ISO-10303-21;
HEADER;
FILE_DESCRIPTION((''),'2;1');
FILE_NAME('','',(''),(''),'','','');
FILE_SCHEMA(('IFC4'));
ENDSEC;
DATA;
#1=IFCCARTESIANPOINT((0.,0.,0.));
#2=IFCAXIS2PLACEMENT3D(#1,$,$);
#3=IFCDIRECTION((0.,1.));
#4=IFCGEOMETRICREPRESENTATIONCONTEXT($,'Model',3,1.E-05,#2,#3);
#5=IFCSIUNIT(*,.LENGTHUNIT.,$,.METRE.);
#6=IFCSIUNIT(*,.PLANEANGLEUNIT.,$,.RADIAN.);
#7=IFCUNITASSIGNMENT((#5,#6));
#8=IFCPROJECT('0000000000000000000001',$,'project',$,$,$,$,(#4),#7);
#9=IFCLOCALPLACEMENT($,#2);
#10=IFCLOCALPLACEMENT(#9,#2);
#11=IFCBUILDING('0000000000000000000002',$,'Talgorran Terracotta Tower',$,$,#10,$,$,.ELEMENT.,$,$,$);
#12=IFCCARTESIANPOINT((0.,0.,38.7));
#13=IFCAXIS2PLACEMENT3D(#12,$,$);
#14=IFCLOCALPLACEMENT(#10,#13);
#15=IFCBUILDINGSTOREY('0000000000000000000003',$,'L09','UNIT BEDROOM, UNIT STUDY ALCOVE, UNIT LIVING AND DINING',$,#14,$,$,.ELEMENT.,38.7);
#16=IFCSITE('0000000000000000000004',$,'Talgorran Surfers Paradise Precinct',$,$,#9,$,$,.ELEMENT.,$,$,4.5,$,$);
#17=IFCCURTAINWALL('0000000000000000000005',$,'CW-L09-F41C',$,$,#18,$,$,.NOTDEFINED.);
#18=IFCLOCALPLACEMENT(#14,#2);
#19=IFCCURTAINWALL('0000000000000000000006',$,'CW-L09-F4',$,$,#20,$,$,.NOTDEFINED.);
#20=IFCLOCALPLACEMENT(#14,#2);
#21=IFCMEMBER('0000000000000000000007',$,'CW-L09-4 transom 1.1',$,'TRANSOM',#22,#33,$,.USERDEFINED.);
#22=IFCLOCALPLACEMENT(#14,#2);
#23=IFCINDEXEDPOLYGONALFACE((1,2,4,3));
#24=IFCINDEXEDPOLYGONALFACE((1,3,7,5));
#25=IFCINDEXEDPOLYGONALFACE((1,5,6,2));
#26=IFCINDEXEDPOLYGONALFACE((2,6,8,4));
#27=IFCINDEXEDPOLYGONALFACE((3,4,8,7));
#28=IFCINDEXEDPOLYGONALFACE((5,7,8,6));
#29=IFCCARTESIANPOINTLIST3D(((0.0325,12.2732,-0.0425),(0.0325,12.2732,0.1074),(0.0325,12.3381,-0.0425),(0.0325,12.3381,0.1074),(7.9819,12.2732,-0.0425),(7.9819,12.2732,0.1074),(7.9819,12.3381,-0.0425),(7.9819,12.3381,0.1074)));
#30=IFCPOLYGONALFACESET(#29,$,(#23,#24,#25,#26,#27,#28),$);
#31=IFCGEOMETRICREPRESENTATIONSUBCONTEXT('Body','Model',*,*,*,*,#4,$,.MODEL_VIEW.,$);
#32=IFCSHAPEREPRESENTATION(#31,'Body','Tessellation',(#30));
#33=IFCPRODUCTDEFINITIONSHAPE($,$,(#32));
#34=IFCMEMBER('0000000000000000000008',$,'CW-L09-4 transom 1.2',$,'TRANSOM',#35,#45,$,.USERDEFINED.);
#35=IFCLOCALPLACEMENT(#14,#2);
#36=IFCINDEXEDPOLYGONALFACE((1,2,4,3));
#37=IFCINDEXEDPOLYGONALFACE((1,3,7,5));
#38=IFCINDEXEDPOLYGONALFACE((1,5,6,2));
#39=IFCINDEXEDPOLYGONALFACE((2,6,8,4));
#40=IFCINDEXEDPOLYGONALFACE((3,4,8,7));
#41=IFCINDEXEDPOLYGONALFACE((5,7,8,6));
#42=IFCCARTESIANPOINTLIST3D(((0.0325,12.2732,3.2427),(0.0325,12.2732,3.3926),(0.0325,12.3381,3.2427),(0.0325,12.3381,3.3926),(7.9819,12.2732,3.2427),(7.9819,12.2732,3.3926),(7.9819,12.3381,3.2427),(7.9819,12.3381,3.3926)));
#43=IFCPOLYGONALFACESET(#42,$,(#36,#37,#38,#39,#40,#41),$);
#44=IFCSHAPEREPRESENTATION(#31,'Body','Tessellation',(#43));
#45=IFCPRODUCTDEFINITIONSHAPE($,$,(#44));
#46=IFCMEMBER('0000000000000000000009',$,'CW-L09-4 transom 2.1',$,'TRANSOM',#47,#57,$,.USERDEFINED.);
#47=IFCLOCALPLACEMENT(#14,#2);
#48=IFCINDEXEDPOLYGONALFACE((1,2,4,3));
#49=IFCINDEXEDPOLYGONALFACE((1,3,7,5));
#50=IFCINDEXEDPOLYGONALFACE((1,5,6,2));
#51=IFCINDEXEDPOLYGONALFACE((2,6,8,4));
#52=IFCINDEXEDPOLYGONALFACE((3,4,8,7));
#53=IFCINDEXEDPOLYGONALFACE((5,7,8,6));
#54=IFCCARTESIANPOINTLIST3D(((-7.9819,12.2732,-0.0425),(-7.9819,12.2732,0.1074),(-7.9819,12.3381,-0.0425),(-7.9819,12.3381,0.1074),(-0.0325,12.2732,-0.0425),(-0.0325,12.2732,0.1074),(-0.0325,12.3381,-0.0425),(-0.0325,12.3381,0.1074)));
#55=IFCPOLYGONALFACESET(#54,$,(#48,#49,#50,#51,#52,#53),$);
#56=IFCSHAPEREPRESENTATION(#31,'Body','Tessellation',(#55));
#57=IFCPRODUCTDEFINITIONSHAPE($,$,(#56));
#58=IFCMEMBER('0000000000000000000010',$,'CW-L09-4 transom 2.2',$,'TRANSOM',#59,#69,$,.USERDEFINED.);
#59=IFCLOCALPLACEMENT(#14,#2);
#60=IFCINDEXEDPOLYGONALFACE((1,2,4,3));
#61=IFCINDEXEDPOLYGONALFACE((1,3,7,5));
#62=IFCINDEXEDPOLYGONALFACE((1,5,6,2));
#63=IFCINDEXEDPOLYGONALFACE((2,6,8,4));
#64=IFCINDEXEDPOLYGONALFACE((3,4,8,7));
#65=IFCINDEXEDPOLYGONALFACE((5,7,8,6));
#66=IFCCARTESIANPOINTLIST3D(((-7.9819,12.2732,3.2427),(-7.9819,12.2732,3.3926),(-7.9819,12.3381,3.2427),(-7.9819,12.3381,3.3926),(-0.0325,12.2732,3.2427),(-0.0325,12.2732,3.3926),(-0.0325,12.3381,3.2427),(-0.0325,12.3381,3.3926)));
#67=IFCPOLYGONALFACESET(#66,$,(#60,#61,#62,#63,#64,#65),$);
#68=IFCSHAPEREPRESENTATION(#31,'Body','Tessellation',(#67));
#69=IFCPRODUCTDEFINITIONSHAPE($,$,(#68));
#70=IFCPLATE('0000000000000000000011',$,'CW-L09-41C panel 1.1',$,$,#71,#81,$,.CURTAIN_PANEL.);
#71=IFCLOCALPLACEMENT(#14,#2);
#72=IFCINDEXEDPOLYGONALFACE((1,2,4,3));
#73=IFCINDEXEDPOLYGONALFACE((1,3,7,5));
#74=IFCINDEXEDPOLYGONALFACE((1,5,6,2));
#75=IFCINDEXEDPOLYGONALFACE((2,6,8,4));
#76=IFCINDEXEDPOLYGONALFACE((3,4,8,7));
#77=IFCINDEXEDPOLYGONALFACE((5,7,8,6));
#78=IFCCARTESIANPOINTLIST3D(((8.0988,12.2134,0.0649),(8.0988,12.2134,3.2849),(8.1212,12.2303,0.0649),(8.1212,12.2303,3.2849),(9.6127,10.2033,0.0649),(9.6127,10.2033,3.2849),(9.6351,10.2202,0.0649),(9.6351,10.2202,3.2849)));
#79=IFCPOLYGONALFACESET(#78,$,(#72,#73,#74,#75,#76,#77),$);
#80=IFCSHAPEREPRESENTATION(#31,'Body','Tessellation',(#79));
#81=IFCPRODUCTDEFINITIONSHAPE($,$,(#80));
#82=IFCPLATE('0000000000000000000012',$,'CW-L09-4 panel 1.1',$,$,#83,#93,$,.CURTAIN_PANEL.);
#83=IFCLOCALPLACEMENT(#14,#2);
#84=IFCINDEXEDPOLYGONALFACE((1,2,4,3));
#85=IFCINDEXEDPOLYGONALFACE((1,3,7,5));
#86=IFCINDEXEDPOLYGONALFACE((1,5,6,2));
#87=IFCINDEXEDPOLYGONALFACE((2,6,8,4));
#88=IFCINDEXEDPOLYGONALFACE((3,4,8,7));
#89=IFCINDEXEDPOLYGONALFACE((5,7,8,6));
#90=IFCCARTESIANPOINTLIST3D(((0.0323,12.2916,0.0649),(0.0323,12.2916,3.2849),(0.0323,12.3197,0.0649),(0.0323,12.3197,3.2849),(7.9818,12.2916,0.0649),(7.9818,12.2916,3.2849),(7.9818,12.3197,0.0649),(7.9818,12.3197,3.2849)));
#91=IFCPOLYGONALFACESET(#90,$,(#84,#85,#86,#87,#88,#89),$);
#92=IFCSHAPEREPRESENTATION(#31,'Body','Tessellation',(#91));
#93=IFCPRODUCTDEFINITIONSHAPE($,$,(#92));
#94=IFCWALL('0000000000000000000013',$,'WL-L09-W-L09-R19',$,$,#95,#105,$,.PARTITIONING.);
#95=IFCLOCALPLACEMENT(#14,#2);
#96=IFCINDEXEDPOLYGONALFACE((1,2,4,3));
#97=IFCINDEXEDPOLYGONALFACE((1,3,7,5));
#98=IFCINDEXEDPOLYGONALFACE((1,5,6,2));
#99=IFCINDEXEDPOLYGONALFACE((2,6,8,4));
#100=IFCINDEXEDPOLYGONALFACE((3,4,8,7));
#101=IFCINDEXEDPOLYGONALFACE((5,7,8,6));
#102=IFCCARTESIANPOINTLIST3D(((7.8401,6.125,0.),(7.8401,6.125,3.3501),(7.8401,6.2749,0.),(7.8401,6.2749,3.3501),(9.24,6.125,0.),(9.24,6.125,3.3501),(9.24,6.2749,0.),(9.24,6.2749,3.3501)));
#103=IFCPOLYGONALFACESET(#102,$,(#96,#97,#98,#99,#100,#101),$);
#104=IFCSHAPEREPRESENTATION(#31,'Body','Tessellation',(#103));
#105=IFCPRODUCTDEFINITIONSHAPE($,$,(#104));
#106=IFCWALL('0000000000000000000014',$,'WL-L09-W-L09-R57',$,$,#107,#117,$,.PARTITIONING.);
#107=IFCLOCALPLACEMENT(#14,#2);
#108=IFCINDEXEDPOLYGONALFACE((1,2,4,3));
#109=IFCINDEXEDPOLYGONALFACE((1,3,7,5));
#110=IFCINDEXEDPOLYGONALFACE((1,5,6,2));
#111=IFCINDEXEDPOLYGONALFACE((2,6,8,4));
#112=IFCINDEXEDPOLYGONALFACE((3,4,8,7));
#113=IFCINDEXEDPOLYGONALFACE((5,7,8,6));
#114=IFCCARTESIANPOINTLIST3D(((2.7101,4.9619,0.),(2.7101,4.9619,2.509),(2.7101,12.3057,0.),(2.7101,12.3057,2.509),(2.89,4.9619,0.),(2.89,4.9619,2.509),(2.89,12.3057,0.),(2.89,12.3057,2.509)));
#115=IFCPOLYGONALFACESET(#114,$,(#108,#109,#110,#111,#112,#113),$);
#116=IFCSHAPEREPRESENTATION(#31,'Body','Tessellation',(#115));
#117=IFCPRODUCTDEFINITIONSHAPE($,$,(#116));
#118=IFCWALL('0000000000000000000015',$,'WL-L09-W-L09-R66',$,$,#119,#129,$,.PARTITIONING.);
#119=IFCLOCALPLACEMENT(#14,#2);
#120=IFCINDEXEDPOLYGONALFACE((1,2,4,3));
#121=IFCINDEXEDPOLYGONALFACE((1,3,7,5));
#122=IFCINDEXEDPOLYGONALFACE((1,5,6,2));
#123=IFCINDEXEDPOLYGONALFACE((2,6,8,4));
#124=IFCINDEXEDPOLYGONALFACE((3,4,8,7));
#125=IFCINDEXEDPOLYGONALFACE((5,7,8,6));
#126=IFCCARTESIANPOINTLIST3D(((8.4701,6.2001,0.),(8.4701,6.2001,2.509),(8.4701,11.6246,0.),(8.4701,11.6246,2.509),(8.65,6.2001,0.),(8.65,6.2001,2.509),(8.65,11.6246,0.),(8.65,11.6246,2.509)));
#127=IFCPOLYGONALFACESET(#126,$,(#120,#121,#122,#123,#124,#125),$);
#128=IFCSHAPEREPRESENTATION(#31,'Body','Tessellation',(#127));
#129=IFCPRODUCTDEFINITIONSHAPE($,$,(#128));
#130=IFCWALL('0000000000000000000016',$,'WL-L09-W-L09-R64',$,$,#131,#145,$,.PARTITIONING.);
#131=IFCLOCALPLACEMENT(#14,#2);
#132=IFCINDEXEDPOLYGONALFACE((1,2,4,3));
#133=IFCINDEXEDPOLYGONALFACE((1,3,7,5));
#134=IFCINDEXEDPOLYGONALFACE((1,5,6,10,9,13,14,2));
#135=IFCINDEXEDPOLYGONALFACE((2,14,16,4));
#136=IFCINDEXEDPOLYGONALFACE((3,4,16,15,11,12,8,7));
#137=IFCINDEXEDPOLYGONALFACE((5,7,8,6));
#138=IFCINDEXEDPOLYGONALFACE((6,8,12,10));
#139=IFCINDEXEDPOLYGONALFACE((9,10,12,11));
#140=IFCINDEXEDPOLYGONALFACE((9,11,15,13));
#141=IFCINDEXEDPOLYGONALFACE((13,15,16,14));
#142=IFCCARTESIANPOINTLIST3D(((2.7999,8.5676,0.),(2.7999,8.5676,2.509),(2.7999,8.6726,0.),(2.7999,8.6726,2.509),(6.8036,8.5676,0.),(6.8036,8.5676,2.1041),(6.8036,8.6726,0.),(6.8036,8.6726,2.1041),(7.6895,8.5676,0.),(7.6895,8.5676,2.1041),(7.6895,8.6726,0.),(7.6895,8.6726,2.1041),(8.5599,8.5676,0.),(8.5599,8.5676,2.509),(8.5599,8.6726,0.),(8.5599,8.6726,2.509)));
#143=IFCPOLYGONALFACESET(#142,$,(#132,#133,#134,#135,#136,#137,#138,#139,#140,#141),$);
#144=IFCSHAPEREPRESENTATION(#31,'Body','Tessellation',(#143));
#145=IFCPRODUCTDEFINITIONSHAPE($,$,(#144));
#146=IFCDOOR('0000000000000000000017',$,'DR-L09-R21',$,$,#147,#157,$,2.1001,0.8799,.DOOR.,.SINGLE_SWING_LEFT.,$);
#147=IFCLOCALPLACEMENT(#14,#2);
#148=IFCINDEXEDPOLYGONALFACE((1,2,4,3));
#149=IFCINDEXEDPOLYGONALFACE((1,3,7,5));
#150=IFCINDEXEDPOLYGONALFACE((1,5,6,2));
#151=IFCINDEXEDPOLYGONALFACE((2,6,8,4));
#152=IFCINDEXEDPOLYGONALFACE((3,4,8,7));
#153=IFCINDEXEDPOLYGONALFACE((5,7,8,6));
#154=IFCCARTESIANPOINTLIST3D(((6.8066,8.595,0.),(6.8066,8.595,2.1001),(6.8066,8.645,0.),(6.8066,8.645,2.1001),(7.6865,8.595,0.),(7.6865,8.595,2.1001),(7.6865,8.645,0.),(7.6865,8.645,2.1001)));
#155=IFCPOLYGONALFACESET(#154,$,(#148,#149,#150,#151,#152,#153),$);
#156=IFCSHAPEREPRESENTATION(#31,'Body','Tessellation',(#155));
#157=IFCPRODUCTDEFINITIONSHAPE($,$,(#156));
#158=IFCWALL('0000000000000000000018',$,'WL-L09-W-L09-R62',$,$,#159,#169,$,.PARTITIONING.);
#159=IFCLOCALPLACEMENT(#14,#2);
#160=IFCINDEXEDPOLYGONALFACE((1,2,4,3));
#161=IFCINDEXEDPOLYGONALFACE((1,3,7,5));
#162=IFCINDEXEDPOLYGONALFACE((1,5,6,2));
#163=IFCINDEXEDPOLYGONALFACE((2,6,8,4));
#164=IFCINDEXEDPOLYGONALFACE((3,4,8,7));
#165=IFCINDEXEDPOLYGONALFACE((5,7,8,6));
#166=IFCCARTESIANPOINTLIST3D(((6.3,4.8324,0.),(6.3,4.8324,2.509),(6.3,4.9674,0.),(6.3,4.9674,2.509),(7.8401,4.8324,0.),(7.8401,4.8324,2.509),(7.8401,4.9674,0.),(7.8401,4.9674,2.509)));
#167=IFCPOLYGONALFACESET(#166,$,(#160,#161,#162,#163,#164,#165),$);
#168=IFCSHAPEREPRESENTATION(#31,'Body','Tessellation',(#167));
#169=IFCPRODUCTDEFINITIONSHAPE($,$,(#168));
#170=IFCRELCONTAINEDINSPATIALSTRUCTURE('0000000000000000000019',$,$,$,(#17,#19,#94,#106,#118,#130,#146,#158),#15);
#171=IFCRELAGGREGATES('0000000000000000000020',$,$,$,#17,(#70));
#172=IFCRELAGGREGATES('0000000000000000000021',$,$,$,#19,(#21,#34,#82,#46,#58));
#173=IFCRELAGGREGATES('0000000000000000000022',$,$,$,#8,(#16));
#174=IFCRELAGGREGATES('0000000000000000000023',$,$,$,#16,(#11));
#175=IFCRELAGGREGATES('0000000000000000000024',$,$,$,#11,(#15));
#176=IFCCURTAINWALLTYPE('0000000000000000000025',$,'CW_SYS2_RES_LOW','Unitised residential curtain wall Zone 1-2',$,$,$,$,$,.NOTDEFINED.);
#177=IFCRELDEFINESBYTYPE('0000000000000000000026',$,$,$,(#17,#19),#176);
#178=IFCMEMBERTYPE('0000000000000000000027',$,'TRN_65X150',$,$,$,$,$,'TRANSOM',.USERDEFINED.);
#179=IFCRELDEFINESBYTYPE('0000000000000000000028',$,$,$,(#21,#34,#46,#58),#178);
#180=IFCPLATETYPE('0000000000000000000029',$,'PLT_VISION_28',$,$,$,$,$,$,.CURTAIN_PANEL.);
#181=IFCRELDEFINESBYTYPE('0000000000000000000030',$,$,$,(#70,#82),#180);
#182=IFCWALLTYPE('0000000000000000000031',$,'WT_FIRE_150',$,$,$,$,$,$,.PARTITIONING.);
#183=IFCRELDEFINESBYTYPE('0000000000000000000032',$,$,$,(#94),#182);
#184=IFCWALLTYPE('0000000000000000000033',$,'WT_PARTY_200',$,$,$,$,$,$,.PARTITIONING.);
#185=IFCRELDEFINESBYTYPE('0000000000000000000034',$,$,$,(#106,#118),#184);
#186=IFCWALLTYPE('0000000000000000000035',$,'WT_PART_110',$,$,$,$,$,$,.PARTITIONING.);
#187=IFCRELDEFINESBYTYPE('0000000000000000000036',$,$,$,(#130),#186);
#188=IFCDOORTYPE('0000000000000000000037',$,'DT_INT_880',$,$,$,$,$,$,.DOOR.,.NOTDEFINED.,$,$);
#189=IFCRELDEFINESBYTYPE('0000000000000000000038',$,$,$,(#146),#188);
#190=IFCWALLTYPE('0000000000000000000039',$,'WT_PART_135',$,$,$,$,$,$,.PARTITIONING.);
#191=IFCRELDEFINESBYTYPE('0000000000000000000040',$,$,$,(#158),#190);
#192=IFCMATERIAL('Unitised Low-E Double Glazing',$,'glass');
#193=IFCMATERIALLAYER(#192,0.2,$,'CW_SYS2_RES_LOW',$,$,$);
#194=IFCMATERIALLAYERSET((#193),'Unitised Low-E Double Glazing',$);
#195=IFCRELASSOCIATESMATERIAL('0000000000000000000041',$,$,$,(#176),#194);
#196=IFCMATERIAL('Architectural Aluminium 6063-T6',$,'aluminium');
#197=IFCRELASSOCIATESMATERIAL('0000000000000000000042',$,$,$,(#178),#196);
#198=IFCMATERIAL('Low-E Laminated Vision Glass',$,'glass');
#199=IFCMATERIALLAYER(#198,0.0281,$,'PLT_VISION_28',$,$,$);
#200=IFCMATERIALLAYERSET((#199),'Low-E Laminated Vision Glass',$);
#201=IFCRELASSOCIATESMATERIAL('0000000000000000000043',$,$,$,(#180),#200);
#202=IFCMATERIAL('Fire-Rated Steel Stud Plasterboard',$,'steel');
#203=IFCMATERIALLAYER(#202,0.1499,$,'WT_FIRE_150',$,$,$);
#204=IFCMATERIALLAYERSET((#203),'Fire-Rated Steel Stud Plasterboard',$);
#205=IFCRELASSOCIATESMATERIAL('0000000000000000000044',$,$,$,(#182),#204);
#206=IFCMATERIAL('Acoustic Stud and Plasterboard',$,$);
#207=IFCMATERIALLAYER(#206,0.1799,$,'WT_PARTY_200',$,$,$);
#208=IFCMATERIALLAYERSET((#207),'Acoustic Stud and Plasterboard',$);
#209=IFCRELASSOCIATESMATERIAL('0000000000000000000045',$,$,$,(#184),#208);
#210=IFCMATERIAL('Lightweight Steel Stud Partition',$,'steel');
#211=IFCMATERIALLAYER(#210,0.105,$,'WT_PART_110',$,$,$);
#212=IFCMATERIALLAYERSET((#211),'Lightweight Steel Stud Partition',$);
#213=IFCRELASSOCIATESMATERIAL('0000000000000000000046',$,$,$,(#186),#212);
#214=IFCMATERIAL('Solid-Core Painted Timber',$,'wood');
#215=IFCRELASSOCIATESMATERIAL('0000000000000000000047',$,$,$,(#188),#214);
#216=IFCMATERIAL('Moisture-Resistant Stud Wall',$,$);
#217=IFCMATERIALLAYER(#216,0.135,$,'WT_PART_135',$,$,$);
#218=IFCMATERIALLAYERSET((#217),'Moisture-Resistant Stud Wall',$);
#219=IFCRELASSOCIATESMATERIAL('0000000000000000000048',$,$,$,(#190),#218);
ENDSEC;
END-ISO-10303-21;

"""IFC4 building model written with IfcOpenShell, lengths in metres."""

from ifc_helpers import new_model, si_unit, direction, frame, frame_2d, origin, origin_2d, place, context, subcontext, project, spatial, rectangle, extrude, source, transform, mapped, material, layer, layer_set, material_profile, profile_set, type_object, type_shapes, element, fill, aggregate, save


model = new_model("IFC4")

# Units and contexts
model_context = context("Model", 3, precision=1e-05, world=origin(), true_north=direction((0.0, 1.0)))
body_context = subcontext(model_context, "Body", "Model", "MODEL_VIEW")
ifc_project = project(units=[si_unit("LENGTHUNIT", "METRE"), si_unit("PLANEANGLEUNIT", "RADIAN")], contexts=[model_context])

# Site, building, storey
site_placement = place(None, origin())
site = spatial("IfcSite", under=ifc_project, at=site_placement, Name="Talgorran Surfers Paradise Precinct", CompositionType="ELEMENT", RefElevation=4.5)
building_placement = place(site_placement, origin())
building = spatial("IfcBuilding", under=site, at=building_placement, Name="Talgorran Terracotta Tower", CompositionType="ELEMENT")
storey_placement = place(building_placement, frame((0.0, 0.0, 38.7)))
storey = spatial("IfcBuildingStorey", under=building, at=storey_placement, Name="L09", Description="UNIT BEDROOM, UNIT STUDY ALCOVE, UNIT LIVING AND DINING", CompositionType="ELEMENT", Elevation=38.7)

# Curtain wall
ifc_material_1 = material(Name="Unitised Low-E Double Glazing", Category="glass")
ifc_layer_1 = layer(ifc_material_1, 0.2, Name="CW_SYS2_RES_LOW")
ifc_layer_set_1 = layer_set([ifc_layer_1], Name="Unitised Low-E Double Glazing")
curtain_wall_type = type_object("IfcCurtainWallType", Name="CW_SYS2_RES_LOW", Description="Unitised residential curtain wall Zone 1-2", PredefinedType="NOTDEFINED", material=ifc_layer_set_1)
curtain_wall_1_placement = place(storey_placement, origin())
curtain_wall_1 = element("IfcCurtainWall", 1, at=curtain_wall_1_placement, inside=storey, type_object=curtain_wall_type, Name="CW-L09-F41C", PredefinedType="NOTDEFINED")
ifc_material_2 = material(Name="Architectural Aluminium 6063-T6", Category="aluminium")

# Curtain wall, members
curtain_wall_2_placement = place(storey_placement, origin())
curtain_wall_2 = element("IfcCurtainWall", 2, at=curtain_wall_2_placement, inside=storey, type_object=curtain_wall_type, Name="CW-L09-F4", PredefinedType="NOTDEFINED")
ifc_material_profile_1 = material_profile(ifc_material_2, rectangle(XDim=0.0649, YDim=0.1499, at=origin_2d()), Name="CWT65X150")
ifc_profile_set_1 = profile_set([ifc_material_profile_1], Name="Architectural Aluminium 6063-T6")
member_type_1 = type_object("IfcMemberType", Name="TRN_65X150", ElementType="TRANSOM", PredefinedType="USERDEFINED", material=ifc_profile_set_1)
member_1_placement = place(storey_placement, frame((7.9819, 12.3057, 0.0325), z_axis=(-1.0, 0.0, 0.0), x_axis=(0.0, -1.0, 0.0)))
member_1 = element("IfcMember", 3, at=member_1_placement, type_object=member_type_1, Name="CW-L09-4 transom 1.1", ObjectType="TRANSOM", PredefinedType="USERDEFINED", context=body_context, shape_type="SweptSolid", body=[
    extrude(rectangle(XDim=0.0649, YDim=0.1499, at=origin_2d()), origin(), (0.0, 0.0, 1.0), 7.9495),
])
member_2_placement = place(storey_placement, frame((7.9819, 12.3057, 3.3176), z_axis=(-1.0, 0.0, 0.0), x_axis=(0.0, -1.0, 0.0)))
member_2 = element("IfcMember", 4, at=member_2_placement, type_object=member_type_1, Name="CW-L09-4 transom 1.2", ObjectType="TRANSOM", PredefinedType="USERDEFINED", context=body_context, shape_type="SweptSolid", body=[
    extrude(rectangle(XDim=0.0649, YDim=0.1499, at=origin_2d()), origin(), (0.0, 0.0, 1.0), 7.9495),
])
member_3_placement = place(storey_placement, frame((-0.0325, 12.3057, 0.0325), z_axis=(-1.0, 0.0, 0.0), x_axis=(0.0, -1.0, 0.0)))
member_3 = element("IfcMember", 5, at=member_3_placement, type_object=member_type_1, Name="CW-L09-4 transom 2.1", ObjectType="TRANSOM", PredefinedType="USERDEFINED", context=body_context, shape_type="SweptSolid", body=[
    extrude(rectangle(XDim=0.0649, YDim=0.1499, at=origin_2d()), origin(), (0.0, 0.0, 1.0), 7.9495),
])
member_4_placement = place(storey_placement, frame((-0.0325, 12.3057, 3.3176), z_axis=(-1.0, 0.0, 0.0), x_axis=(0.0, -1.0, 0.0)))
member_4 = element("IfcMember", 6, at=member_4_placement, type_object=member_type_1, Name="CW-L09-4 transom 2.2", ObjectType="TRANSOM", PredefinedType="USERDEFINED", context=body_context, shape_type="SweptSolid", body=[
    extrude(rectangle(XDim=0.0649, YDim=0.1499, at=origin_2d()), origin(), (0.0, 0.0, 1.0), 7.9495),
])

# Plates
ifc_material_3 = material(Name="Low-E Laminated Vision Glass", Category="glass")
ifc_layer_2 = layer(ifc_material_3, 0.0281, Name="PLT_VISION_28")
ifc_layer_set_2 = layer_set([ifc_layer_2], Name="Low-E Laminated Vision Glass")
plate_type = type_object("IfcPlateType", Name="PLT_VISION_28", PredefinedType="CURTAIN_PANEL", material=ifc_layer_set_2)
shared_shape_1 = source(origin(), body_context, "Body", "SweptSolid", [
    extrude(rectangle(XDim=2.5164, YDim=0.0281, at=origin_2d()), origin(), (0.0, 0.0, 1.0), 3.22),
])
plate_1_placement = place(storey_placement, frame((8.8669, 11.2168, 0.0649), z_axis=(0.0, 0.0, 1.0), x_axis=(-0.601613, 0.798788, 0.0)))
plate_1 = element("IfcPlate", 7, at=plate_1_placement, type_object=plate_type, Name="CW-L09-41C panel 1.1", PredefinedType="CURTAIN_PANEL", context=body_context, shape_type="MappedRepresentation", body=[
    mapped(shared_shape_1, transform((0.0, 0.0, 0.0), scale=1.0)),
])
aggregate(curtain_wall_1, [plate_1])
shared_shape_2 = source(origin(), body_context, "Body", "SweptSolid", [
    extrude(rectangle(XDim=7.9495, YDim=0.0281, at=origin_2d()), origin(), (0.0, 0.0, 1.0), 3.22),
])
type_shapes(plate_type, [shared_shape_1, shared_shape_2])
plate_2_placement = place(storey_placement, frame((4.0071, 12.3057, 0.0649), z_axis=(0.0, 0.0, 1.0), x_axis=(-1.0, 0.0, 0.0)))
plate_2 = element("IfcPlate", 8, at=plate_2_placement, type_object=plate_type, Name="CW-L09-4 panel 1.1", PredefinedType="CURTAIN_PANEL", context=body_context, shape_type="MappedRepresentation", body=[
    mapped(shared_shape_2, transform((0.0, 0.0, 0.0), scale=1.0)),
])
aggregate(curtain_wall_2, [member_1, member_2, plate_2, member_3, member_4])

# Walls
ifc_material_4 = material(Name="Fire-Rated Steel Stud Plasterboard", Category="steel")
ifc_layer_3 = layer(ifc_material_4, 0.1499, Name="WT_FIRE_150")
ifc_layer_set_3 = layer_set([ifc_layer_3], Name="Fire-Rated Steel Stud Plasterboard")
wall_type_1 = type_object("IfcWallType", Name="WT_FIRE_150", PredefinedType="PARTITIONING", material=ifc_layer_set_3)
wall_1_placement = place(storey_placement, frame((7.8401, 6.2, 0.0), z_axis=(0.0, 0.0, 1.0), x_axis=(1.0, 0.0, 0.0)))
element("IfcWall", 9, at=wall_1_placement, inside=storey, type_object=wall_type_1, Name="WL-L09-W-L09-R19", PredefinedType="PARTITIONING", context=body_context, shape_type="SweptSolid", body=[
    extrude(rectangle(XDim=1.3999, YDim=0.1499, at=frame_2d((0.7, 0.0))), origin(), (0.0, 0.0, 1.0), 3.3501),
])
ifc_material_5 = material(Name="Acoustic Stud and Plasterboard")
ifc_layer_4 = layer(ifc_material_5, 0.1799, Name="WT_PARTY_200")
ifc_layer_set_4 = layer_set([ifc_layer_4], Name="Acoustic Stud and Plasterboard")
wall_type_2 = type_object("IfcWallType", Name="WT_PARTY_200", PredefinedType="PARTITIONING", material=ifc_layer_set_4)
wall_2_placement = place(storey_placement, frame((2.8, 4.9619, 0.0), z_axis=(0.0, 0.0, 1.0), x_axis=(0.0, 1.0, 0.0)))
element("IfcWall", 10, at=wall_2_placement, inside=storey, type_object=wall_type_2, Name="WL-L09-W-L09-R57", PredefinedType="PARTITIONING", context=body_context, shape_type="SweptSolid", body=[
    extrude(rectangle(XDim=7.3438, YDim=0.1799, at=frame_2d((3.6719, 0.0))), origin(), (0.0, 0.0, 1.0), 2.509),
])
wall_3_placement = place(storey_placement, frame((8.5601, 6.2, 0.0), z_axis=(0.0, 0.0, 1.0), x_axis=(0.0, 1.0, 0.0)))
element("IfcWall", 11, at=wall_3_placement, inside=storey, type_object=wall_type_2, Name="WL-L09-W-L09-R66", PredefinedType="PARTITIONING", context=body_context, shape_type="SweptSolid", body=[
    extrude(rectangle(XDim=5.4246, YDim=0.1799, at=frame_2d((2.7124, 0.0))), origin(), (0.0, 0.0, 1.0), 2.509),
])

# Wall, opening, door
ifc_material_6 = material(Name="Lightweight Steel Stud Partition", Category="steel")
ifc_layer_5 = layer(ifc_material_6, 0.105, Name="WT_PART_110")
ifc_layer_set_5 = layer_set([ifc_layer_5], Name="Lightweight Steel Stud Partition")
wall_type_3 = type_object("IfcWallType", Name="WT_PART_110", PredefinedType="PARTITIONING", material=ifc_layer_set_5)
wall_4_placement = place(storey_placement, frame((2.8, 8.6201, 0.0), z_axis=(0.0, 0.0, 1.0), x_axis=(1.0, 0.0, 0.0)))
wall_4 = element("IfcWall", 12, at=wall_4_placement, inside=storey, type_object=wall_type_3, Name="WL-L09-W-L09-R64", PredefinedType="PARTITIONING", context=body_context, shape_type="SweptSolid", body=[
    extrude(rectangle(XDim=5.76, YDim=0.105, at=frame_2d((2.8799, 0.0))), origin(), (0.0, 0.0, 1.0), 2.509),
])
opening_placement = place(wall_4_placement, frame((4.0066, 0.0, 0.0)))
opening = element("IfcOpeningElement", 13, at=opening_placement, cuts=wall_4, PredefinedType="OPENING", context=body_context, shape_type="SweptSolid", body=[
    extrude(rectangle(XDim=0.8859, YDim=2.1041, at=frame_2d((0.4399, 1.052))), frame((0.0, 0.0625, 0.0), z_axis=(0.0, -1.0, 0.0), x_axis=(1.0, 0.0, 0.0)), (0.0, 0.0, 1.0), 0.125),
])
ifc_material_7 = material(Name="Solid-Core Painted Timber", Category="wood")
door_type = type_object("IfcDoorType", Name="DT_INT_880", OperationType="NOTDEFINED", PredefinedType="DOOR", material=ifc_material_7)
door_placement = place(opening_placement, origin())
door = element("IfcDoor", 14, at=door_placement, inside=storey, type_object=door_type, Name="DR-L09-R21", OperationType="SINGLE_SWING_LEFT", OverallHeight=2.1001, OverallWidth=0.8799, PredefinedType="DOOR", context=body_context, shape_type="SweptSolid", body=[
    extrude(rectangle(XDim=0.8799, YDim=2.1001, at=frame_2d((0.4399, 1.05))), frame((0.0, 0.0249, 0.0), z_axis=(0.0, -1.0, 0.0), x_axis=(1.0, 0.0, 0.0)), (0.0, 0.0, 1.0), 0.05),
])
fill(opening, door)

# Wall
ifc_material_8 = material(Name="Moisture-Resistant Stud Wall")
ifc_layer_6 = layer(ifc_material_8, 0.135, Name="WT_PART_135")
ifc_layer_set_6 = layer_set([ifc_layer_6], Name="Moisture-Resistant Stud Wall")
wall_type_4 = type_object("IfcWallType", Name="WT_PART_135", PredefinedType="PARTITIONING", material=ifc_layer_set_6)
wall_5_placement = place(storey_placement, frame((6.3, 4.8999, 0.0), z_axis=(0.0, 0.0, 1.0), x_axis=(1.0, 0.0, 0.0)))
element("IfcWall", 15, at=wall_5_placement, inside=storey, type_object=wall_type_4, Name="WL-L09-W-L09-R62", PredefinedType="PARTITIONING", context=body_context, shape_type="SweptSolid", body=[
    extrude(rectangle(XDim=1.54, YDim=0.135, at=frame_2d((0.77, 0.0))), origin(), (0.0, 0.0, 1.0), 2.509),
])

save(model, "model.ifc")
